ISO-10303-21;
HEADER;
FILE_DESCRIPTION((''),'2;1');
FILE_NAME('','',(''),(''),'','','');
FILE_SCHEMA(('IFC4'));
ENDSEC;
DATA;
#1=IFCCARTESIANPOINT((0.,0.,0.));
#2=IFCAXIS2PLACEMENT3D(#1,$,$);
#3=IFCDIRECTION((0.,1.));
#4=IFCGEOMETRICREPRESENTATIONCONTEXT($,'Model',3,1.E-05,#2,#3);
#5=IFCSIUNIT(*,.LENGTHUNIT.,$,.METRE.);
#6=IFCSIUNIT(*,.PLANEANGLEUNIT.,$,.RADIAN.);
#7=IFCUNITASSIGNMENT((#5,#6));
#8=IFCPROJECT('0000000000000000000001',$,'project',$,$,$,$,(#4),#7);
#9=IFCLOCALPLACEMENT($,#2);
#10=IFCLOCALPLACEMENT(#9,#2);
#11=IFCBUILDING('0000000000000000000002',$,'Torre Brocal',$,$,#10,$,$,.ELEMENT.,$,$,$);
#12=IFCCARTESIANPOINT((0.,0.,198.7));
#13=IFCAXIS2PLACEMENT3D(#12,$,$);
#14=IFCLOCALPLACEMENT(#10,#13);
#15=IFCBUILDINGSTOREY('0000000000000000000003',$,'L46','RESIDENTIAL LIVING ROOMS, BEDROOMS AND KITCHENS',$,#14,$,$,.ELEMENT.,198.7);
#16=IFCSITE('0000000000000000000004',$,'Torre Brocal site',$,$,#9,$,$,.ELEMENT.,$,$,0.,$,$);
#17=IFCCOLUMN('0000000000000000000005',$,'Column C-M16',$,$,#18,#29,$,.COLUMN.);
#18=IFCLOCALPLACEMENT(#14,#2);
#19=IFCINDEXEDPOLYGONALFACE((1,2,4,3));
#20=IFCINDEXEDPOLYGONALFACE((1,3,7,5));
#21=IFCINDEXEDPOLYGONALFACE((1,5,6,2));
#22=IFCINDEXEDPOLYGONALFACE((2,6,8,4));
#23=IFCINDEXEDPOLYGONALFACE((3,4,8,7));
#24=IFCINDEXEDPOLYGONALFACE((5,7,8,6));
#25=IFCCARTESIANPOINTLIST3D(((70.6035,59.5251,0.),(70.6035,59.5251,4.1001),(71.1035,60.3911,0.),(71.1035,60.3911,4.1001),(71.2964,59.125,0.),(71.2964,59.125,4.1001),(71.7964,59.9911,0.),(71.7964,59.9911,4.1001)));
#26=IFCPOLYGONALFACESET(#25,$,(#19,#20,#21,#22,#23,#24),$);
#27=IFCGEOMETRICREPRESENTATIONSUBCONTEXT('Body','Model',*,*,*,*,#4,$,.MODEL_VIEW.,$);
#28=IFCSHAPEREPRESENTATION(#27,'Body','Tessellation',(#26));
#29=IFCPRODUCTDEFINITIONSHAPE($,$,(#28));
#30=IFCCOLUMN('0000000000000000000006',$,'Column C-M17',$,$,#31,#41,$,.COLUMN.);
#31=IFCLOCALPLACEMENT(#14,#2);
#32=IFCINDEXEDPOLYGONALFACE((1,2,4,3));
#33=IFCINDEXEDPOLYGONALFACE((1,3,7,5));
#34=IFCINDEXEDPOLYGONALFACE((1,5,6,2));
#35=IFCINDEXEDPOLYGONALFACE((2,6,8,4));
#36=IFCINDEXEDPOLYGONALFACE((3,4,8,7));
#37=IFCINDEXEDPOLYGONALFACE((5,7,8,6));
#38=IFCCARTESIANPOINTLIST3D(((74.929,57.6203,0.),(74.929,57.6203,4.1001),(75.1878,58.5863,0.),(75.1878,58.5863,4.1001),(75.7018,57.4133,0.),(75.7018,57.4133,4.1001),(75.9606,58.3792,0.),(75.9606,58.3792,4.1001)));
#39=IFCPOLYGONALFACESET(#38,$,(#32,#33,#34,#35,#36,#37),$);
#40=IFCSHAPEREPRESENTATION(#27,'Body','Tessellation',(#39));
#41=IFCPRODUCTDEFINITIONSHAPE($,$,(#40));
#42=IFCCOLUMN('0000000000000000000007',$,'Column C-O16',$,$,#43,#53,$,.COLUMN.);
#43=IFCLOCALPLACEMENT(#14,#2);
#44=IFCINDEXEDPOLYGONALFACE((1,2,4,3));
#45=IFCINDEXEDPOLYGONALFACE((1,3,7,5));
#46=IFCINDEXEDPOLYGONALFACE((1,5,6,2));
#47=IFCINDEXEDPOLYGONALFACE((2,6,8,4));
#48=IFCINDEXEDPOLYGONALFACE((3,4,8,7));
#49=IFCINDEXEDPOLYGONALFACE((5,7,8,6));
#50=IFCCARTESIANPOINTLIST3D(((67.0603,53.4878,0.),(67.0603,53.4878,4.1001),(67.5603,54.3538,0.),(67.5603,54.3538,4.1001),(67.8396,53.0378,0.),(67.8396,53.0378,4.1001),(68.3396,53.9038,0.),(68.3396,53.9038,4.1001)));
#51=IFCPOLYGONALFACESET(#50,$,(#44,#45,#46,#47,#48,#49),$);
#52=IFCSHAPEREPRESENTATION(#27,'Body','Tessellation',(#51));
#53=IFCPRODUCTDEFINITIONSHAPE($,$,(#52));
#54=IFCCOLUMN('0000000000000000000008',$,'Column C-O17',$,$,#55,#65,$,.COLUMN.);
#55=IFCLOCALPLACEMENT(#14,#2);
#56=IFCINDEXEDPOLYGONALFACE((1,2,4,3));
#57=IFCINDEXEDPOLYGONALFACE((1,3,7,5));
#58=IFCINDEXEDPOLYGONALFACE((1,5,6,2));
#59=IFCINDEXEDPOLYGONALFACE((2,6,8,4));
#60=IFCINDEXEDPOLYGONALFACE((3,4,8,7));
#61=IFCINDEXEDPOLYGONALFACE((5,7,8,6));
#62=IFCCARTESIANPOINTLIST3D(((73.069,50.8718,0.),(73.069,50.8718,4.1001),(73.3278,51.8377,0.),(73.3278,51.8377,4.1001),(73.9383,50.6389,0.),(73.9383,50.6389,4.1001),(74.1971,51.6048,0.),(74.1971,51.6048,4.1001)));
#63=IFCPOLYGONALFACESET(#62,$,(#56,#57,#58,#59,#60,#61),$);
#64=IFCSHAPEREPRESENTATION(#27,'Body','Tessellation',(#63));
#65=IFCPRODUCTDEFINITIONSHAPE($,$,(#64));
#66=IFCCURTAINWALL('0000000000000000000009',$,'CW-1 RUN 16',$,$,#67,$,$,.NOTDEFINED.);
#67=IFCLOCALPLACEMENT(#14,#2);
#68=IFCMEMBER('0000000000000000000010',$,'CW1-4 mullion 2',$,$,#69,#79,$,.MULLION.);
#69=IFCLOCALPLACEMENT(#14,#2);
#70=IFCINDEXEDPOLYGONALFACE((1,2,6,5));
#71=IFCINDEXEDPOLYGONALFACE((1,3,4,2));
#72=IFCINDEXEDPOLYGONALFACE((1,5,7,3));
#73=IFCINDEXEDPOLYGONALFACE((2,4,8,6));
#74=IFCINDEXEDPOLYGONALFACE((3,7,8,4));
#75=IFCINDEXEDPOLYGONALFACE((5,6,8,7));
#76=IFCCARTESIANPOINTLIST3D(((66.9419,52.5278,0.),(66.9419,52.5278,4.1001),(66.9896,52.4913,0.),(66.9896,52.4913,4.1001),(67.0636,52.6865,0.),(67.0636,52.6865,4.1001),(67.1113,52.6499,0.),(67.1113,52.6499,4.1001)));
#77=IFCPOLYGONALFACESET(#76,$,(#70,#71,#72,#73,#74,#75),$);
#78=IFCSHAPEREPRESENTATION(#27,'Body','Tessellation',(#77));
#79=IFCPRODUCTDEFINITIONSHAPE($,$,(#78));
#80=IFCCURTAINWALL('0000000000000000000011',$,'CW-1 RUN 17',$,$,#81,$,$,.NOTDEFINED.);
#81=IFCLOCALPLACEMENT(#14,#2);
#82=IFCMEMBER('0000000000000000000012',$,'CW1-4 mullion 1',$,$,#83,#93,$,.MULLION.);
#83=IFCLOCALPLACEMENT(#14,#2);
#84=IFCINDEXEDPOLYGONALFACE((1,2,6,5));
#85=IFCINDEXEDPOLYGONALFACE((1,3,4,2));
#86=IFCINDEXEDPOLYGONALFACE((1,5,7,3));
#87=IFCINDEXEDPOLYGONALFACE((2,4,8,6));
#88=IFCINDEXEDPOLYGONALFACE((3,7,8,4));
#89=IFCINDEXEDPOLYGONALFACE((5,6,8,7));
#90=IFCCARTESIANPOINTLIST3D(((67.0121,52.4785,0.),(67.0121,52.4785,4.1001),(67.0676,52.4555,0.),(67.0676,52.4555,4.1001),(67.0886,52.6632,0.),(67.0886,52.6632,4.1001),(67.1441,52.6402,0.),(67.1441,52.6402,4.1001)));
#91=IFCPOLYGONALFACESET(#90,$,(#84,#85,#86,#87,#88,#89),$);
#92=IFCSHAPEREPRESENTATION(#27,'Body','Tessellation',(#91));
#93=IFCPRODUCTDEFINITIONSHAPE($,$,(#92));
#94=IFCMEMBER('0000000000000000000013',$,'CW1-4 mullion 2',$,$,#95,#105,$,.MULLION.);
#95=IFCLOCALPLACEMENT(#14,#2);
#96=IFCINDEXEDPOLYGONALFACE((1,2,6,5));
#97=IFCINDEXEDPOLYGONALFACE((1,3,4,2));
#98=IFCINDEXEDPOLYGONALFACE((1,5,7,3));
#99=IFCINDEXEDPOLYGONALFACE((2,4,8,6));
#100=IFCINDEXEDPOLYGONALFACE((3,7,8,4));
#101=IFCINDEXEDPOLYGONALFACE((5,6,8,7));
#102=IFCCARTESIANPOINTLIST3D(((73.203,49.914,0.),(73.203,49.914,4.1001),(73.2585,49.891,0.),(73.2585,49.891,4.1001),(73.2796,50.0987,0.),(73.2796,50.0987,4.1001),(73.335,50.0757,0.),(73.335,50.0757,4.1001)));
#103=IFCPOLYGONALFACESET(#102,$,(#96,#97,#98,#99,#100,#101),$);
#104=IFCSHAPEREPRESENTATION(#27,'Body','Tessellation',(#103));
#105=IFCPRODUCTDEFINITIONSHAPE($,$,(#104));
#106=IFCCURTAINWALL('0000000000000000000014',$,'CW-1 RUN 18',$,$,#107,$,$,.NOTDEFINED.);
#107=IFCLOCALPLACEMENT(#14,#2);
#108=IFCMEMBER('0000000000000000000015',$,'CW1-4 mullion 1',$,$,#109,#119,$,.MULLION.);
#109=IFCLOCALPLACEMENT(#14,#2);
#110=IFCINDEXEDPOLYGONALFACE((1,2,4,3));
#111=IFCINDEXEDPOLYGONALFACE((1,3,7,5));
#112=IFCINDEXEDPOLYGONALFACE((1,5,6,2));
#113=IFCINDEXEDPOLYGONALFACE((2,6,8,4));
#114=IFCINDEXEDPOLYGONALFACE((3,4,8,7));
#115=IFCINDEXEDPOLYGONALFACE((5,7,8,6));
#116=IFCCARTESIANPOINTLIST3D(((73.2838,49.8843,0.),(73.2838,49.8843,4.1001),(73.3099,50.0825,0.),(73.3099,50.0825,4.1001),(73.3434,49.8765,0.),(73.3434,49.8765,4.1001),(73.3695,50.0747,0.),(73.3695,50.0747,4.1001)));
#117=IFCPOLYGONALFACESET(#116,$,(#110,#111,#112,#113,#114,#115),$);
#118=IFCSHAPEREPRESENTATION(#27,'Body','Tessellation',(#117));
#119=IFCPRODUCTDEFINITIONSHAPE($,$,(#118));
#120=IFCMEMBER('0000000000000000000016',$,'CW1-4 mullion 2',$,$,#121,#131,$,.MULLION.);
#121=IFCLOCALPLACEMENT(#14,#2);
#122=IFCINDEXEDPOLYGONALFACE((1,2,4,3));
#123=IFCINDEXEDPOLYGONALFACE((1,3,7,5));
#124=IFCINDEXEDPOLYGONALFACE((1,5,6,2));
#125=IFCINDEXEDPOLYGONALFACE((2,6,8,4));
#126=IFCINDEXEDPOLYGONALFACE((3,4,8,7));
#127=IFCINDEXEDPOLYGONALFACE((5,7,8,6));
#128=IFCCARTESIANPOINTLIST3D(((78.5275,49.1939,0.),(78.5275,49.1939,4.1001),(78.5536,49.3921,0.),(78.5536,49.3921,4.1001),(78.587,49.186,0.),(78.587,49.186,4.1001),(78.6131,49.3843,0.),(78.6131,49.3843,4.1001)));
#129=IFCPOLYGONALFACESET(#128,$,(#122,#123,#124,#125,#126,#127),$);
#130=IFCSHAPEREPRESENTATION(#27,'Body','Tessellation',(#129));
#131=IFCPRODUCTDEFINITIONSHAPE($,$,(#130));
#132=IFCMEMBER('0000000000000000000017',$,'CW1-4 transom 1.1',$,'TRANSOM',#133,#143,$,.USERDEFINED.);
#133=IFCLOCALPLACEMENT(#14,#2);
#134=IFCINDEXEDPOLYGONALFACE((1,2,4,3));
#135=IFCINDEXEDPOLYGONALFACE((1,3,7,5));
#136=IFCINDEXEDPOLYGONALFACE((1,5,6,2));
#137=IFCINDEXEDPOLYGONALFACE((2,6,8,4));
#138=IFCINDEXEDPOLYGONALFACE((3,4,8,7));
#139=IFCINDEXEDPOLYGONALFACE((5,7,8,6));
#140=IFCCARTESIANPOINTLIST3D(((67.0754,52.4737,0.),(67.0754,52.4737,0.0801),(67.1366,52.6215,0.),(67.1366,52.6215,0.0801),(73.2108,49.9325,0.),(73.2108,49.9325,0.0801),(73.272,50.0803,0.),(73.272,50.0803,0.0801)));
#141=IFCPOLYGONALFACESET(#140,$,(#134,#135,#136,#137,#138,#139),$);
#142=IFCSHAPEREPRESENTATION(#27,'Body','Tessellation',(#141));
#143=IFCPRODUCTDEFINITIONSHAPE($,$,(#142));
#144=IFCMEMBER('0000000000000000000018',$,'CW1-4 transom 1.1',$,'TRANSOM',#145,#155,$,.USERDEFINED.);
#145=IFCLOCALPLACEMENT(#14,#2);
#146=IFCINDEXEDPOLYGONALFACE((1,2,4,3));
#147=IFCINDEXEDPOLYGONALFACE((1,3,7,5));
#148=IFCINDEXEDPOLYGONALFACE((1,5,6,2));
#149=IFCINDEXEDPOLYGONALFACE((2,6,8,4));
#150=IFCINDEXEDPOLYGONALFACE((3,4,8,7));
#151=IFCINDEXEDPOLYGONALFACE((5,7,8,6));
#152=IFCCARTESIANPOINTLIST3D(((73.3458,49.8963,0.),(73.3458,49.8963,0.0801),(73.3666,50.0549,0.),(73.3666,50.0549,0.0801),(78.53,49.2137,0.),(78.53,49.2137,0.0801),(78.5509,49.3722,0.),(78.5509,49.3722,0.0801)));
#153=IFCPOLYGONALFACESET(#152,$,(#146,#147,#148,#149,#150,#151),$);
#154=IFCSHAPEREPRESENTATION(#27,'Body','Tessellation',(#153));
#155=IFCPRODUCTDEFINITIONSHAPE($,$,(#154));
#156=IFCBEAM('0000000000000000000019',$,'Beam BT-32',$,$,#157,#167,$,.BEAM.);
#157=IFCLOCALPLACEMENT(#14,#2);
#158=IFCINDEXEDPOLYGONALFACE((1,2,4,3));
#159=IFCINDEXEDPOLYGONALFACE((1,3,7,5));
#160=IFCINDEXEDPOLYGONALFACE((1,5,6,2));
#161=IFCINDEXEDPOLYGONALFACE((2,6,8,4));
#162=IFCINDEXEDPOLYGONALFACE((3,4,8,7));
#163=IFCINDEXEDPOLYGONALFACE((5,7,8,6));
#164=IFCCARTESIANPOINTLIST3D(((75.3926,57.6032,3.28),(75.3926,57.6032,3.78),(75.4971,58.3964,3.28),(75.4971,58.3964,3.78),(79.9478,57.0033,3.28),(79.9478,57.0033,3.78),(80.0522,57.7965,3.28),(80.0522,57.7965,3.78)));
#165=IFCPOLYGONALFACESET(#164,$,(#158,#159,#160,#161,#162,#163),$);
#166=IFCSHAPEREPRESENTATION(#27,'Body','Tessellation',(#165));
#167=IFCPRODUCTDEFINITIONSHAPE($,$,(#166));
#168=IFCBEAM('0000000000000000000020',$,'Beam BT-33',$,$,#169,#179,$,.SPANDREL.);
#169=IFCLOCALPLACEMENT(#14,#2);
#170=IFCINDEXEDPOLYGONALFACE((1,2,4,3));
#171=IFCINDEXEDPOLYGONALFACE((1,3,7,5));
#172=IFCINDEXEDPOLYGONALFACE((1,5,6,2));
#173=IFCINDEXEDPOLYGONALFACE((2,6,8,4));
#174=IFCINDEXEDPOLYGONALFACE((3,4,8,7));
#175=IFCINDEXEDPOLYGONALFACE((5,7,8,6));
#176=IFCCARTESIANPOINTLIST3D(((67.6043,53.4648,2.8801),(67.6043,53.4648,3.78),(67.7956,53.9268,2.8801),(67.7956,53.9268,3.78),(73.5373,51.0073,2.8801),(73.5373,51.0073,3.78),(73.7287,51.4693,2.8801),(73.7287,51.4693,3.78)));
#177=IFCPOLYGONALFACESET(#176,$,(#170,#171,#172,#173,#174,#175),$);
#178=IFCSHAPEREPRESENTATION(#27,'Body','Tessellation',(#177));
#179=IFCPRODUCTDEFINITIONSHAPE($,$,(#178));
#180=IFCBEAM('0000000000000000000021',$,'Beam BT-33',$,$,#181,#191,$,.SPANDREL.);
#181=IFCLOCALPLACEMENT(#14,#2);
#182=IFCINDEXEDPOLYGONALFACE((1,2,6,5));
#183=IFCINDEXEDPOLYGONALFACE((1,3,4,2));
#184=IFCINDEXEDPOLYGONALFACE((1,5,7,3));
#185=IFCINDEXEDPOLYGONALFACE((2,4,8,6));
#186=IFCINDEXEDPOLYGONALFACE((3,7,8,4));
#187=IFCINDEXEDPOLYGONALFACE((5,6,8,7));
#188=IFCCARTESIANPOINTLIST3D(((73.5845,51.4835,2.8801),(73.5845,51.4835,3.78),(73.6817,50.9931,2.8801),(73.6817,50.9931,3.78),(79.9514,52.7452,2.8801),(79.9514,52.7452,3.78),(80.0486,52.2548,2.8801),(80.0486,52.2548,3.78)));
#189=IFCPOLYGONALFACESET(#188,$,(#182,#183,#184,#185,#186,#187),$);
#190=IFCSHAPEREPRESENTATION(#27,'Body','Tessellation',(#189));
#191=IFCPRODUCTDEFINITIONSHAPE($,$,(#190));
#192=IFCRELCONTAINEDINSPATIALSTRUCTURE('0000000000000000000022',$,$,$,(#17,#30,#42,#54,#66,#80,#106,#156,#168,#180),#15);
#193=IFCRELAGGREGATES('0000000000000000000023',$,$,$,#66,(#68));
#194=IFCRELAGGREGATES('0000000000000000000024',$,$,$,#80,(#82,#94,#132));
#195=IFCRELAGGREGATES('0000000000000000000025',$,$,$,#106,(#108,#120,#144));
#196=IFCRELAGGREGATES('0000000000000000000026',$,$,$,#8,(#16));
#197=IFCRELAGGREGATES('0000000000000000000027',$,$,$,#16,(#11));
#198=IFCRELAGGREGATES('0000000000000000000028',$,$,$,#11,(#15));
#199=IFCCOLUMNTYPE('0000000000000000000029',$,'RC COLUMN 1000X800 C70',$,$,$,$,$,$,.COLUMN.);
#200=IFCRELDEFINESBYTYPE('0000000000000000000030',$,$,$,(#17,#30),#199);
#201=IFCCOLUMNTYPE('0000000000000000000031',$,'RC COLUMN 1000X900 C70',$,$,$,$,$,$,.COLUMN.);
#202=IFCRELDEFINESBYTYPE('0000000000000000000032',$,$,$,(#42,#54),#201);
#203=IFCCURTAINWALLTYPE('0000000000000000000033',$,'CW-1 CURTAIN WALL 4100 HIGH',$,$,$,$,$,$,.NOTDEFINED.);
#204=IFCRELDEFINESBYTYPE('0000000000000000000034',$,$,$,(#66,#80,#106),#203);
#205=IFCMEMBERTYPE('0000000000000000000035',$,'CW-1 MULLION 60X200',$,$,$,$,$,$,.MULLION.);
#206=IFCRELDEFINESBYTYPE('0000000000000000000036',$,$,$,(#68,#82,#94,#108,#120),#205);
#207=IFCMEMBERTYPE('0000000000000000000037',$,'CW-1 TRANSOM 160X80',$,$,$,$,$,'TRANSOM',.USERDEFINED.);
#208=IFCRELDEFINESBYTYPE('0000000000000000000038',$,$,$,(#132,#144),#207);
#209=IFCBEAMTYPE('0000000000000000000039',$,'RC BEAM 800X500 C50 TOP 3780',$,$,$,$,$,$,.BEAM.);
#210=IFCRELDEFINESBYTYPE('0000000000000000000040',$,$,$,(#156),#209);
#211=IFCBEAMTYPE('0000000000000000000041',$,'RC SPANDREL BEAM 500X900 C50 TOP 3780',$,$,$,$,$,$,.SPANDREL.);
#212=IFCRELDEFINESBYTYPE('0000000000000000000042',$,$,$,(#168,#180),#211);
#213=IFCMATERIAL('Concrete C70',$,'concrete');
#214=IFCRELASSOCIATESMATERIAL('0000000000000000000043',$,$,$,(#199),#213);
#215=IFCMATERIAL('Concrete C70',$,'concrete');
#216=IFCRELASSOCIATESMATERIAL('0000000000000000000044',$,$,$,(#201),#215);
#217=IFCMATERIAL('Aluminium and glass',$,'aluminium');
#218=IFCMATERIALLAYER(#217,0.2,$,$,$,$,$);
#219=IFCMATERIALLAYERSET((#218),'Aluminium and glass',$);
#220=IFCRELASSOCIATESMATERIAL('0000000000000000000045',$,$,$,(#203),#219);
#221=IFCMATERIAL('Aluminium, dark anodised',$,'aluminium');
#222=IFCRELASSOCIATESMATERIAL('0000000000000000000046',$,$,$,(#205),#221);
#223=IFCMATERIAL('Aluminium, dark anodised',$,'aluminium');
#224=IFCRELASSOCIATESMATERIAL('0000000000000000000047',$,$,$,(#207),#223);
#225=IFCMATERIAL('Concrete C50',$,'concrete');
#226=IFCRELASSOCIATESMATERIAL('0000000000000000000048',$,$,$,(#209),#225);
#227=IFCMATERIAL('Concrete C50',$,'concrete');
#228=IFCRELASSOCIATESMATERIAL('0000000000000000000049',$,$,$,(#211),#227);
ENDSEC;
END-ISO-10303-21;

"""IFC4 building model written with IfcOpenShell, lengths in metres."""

from ifc_helpers import new_model, si_unit, direction, frame, origin, origin_2d, place, context, subcontext, project, spatial, rectangle, extrude, material, layer, layer_set, material_profile, profile_set, type_object, element, aggregate, save


model = new_model("IFC4")

# Units and contexts
model_context = context("Model", 3, precision=1e-05, world=origin(), true_north=direction((0.0, 1.0)))
body_context = subcontext(model_context, "Body", "Model", "MODEL_VIEW")
ifc_project = project(units=[si_unit("LENGTHUNIT", "METRE"), si_unit("PLANEANGLEUNIT", "RADIAN")], contexts=[model_context])

# Site, building, storey
site_placement = place(None, origin())
site = spatial("IfcSite", under=ifc_project, at=site_placement, Name="Torre Brocal site", CompositionType="ELEMENT", RefElevation=0.0)
building_placement = place(site_placement, origin())
building = spatial("IfcBuilding", under=site, at=building_placement, Name="Torre Brocal", CompositionType="ELEMENT")
storey_placement = place(building_placement, frame((0.0, 0.0, 198.7)))
storey = spatial("IfcBuildingStorey", under=building, at=storey_placement, Name="L46", Description="RESIDENTIAL LIVING ROOMS, BEDROOMS AND KITCHENS", CompositionType="ELEMENT", Elevation=198.7)

# Columns
ifc_material_1 = material(Name="Concrete C70", Category="concrete")
ifc_material_profile_1 = material_profile(ifc_material_1, rectangle(XDim=1.0, YDim=0.8, at=origin_2d()), Name="RC 1000X800")
ifc_profile_set_1 = profile_set([ifc_material_profile_1], Name="Concrete C70")
column_type_1 = type_object("IfcColumnType", Name="RC COLUMN 1000X800 C70", PredefinedType="COLUMN", material=ifc_profile_set_1)
for number, where, z_axis, x_axis, name in (
    (1, (71.2, 59.7581, 0.0), (0.0, 0.0, 1.0), (-0.5, -0.866025, 0.0), "Column C-M16"),
    (2, (75.4448, 57.9998, 0.0), (0.0, 0.0, 1.0), (-0.258819, -0.965926, 0.0), "Column C-M17"),
):
    element("IfcColumn", number, at=place(storey_placement, frame(where, z_axis=z_axis, x_axis=x_axis)), inside=storey, type_object=column_type_1, Name=name, PredefinedType="COLUMN", context=body_context, shape_type="SweptSolid", body=[
        extrude(rectangle(XDim=1.0, YDim=0.8, at=origin_2d()), origin(), (0.0, 0.0, 1.0), 4.1001),
    ])
ifc_material_2 = material(Name="Concrete C70", Category="concrete")
ifc_material_profile_2 = material_profile(ifc_material_2, rectangle(XDim=1.0, YDim=0.8999, at=origin_2d()), Name="RC 1000X900")
ifc_profile_set_2 = profile_set([ifc_material_profile_2], Name="Concrete C70")
column_type_2 = type_object("IfcColumnType", Name="RC COLUMN 1000X900 C70", PredefinedType="COLUMN", material=ifc_profile_set_2)
for number, where, z_axis, x_axis, name in (
    (3, (67.7, 53.6958, 0.0), (0.0, 0.0, 1.0), (-0.5, -0.866025, 0.0), "Column C-O16"),
    (4, (73.6331, 51.2383, 0.0), (0.0, 0.0, 1.0), (-0.258819, -0.965926, 0.0), "Column C-O17"),
):
    element("IfcColumn", number, at=place(storey_placement, frame(where, z_axis=z_axis, x_axis=x_axis)), inside=storey, type_object=column_type_2, Name=name, PredefinedType="COLUMN", context=body_context, shape_type="SweptSolid", body=[
        extrude(rectangle(XDim=1.0, YDim=0.8999, at=origin_2d()), origin(), (0.0, 0.0, 1.0), 4.1001),
    ])

# Curtain wall, member
ifc_material_3 = material(Name="Aluminium and glass", Category="aluminium")
ifc_layer_1 = layer(ifc_material_3, 0.2)
ifc_layer_set_1 = layer_set([ifc_layer_1], Name="Aluminium and glass")
curtain_wall_type = type_object("IfcCurtainWallType", Name="CW-1 CURTAIN WALL 4100 HIGH", PredefinedType="NOTDEFINED", material=ifc_layer_set_1)
curtain_wall_1_placement = place(storey_placement, origin())
curtain_wall_1 = element("IfcCurtainWall", 5, at=curtain_wall_1_placement, inside=storey, type_object=curtain_wall_type, Name="CW-1 RUN 16", PredefinedType="NOTDEFINED")
ifc_material_4 = material(Name="Aluminium, dark anodised", Category="aluminium")
ifc_material_profile_3 = material_profile(ifc_material_4, rectangle(XDim=0.2, YDim=0.0601, at=origin_2d()), Name="CW-1 MULLION 60X200")
ifc_profile_set_3 = profile_set([ifc_material_profile_3], Name="Aluminium, dark anodised")
member_type_1 = type_object("IfcMemberType", Name="CW-1 MULLION 60X200", PredefinedType="MULLION", material=ifc_profile_set_3)
member_1_placement = place(storey_placement, frame((67.0266, 52.5889, 0.0), z_axis=(0.0, 0.0, 1.0), x_axis=(0.608761, 0.793353, 0.0)))
member_1 = element("IfcMember", 6, at=member_1_placement, type_object=member_type_1, Name="CW1-4 mullion 2", PredefinedType="MULLION", context=body_context, shape_type="SweptSolid", body=[
    extrude(rectangle(XDim=0.2, YDim=0.0601, at=origin_2d()), origin(), (0.0, 0.0, 1.0), 4.1001),
])
aggregate(curtain_wall_1, [member_1])

# Curtain walls, members
curtain_wall_2_placement = place(storey_placement, origin())
curtain_wall_2 = element("IfcCurtainWall", 7, at=curtain_wall_2_placement, inside=storey, type_object=curtain_wall_type, Name="CW-1 RUN 17", PredefinedType="NOTDEFINED")
member_2_placement = place(storey_placement, frame((67.0781, 52.5593, 0.0), z_axis=(0.0, 0.0, 1.0), x_axis=(0.382683, 0.92388, 0.0)))
member_2 = element("IfcMember", 8, at=member_2_placement, type_object=member_type_1, Name="CW1-4 mullion 1", PredefinedType="MULLION", context=body_context, shape_type="SweptSolid", body=[
    extrude(rectangle(XDim=0.2, YDim=0.0601, at=origin_2d()), origin(), (0.0, 0.0, 1.0), 4.1001),
])
member_3_placement = place(storey_placement, frame((73.269, 49.9949, 0.0), z_axis=(0.0, 0.0, 1.0), x_axis=(0.382683, 0.92388, 0.0)))
member_3 = element("IfcMember", 9, at=member_3_placement, type_object=member_type_1, Name="CW1-4 mullion 2", PredefinedType="MULLION", context=body_context, shape_type="SweptSolid", body=[
    extrude(rectangle(XDim=0.2, YDim=0.0601, at=origin_2d()), origin(), (0.0, 0.0, 1.0), 4.1001),
])
curtain_wall_3_placement = place(storey_placement, origin())
curtain_wall_3 = element("IfcCurtainWall", 10, at=curtain_wall_3_placement, inside=storey, type_object=curtain_wall_type, Name="CW-1 RUN 18", PredefinedType="NOTDEFINED")
member_4_placement = place(storey_placement, frame((73.3267, 49.9795, 0.0), z_axis=(0.0, 0.0, 1.0), x_axis=(0.130526, 0.991445, 0.0)))
member_4 = element("IfcMember", 11, at=member_4_placement, type_object=member_type_1, Name="CW1-4 mullion 1", PredefinedType="MULLION", context=body_context, shape_type="SweptSolid", body=[
    extrude(rectangle(XDim=0.2, YDim=0.0601, at=origin_2d()), origin(), (0.0, 0.0, 1.0), 4.1001),
])
member_5_placement = place(storey_placement, frame((78.5703, 49.2891, 0.0), z_axis=(0.0, 0.0, 1.0), x_axis=(0.130526, 0.991445, 0.0)))
member_5 = element("IfcMember", 12, at=member_5_placement, type_object=member_type_1, Name="CW1-4 mullion 2", PredefinedType="MULLION", context=body_context, shape_type="SweptSolid", body=[
    extrude(rectangle(XDim=0.2, YDim=0.0601, at=origin_2d()), origin(), (0.0, 0.0, 1.0), 4.1001),
])

# Members
ifc_material_5 = material(Name="Aluminium, dark anodised", Category="aluminium")
ifc_material_profile_4 = material_profile(ifc_material_5, rectangle(XDim=0.1599, YDim=0.0801, at=origin_2d()), Name="CW-1 TRANSOM 160X80")
ifc_profile_set_4 = profile_set([ifc_material_profile_4], Name="Aluminium, dark anodised")
member_type_2 = type_object("IfcMemberType", Name="CW-1 TRANSOM 160X80", ElementType="TRANSOM", PredefinedType="USERDEFINED", material=ifc_profile_set_4)
member_6_placement = place(storey_placement, frame((67.106, 52.5476, 0.04), z_axis=(0.923887, -0.382665, 0.0), x_axis=(0.382665, 0.923887, 0.0)))
member_6 = element("IfcMember", 13, at=member_6_placement, type_object=member_type_2, Name="CW1-4 transom 1.1", ObjectType="TRANSOM", PredefinedType="USERDEFINED", context=body_context, shape_type="SweptSolid", body=[
    extrude(rectangle(XDim=0.1599, YDim=0.0801, at=origin_2d()), origin(), (0.0, 0.0, 1.0), 6.6409),
])
member_7_placement = place(storey_placement, frame((73.3562, 49.9756, 0.04), z_axis=(0.991443, -0.130543, 0.0), x_axis=(0.130543, 0.991443, 0.0)))
member_7 = element("IfcMember", 14, at=member_7_placement, type_object=member_type_2, Name="CW1-4 transom 1.1", ObjectType="TRANSOM", PredefinedType="USERDEFINED", context=body_context, shape_type="SweptSolid", body=[
    extrude(rectangle(XDim=0.1599, YDim=0.0801, at=origin_2d()), origin(), (0.0, 0.0, 1.0), 5.229),
])

# Beams
ifc_material_6 = material(Name="Concrete C50", Category="concrete")
ifc_material_profile_5 = material_profile(ifc_material_6, rectangle(XDim=0.8, YDim=0.5, at=origin_2d()), Name="RC 800X500")
ifc_profile_set_5 = profile_set([ifc_material_profile_5], Name="Concrete C50")
beam_type_1 = type_object("IfcBeamType", Name="RC BEAM 800X500 C50 TOP 3780", PredefinedType="BEAM", material=ifc_profile_set_5)
beam_1_placement = place(storey_placement, frame((75.4448, 57.9998, 3.53), z_axis=(0.991441, -0.130559, 0.0), x_axis=(0.130559, 0.991441, 0.0)))
element("IfcBeam", 15, at=beam_1_placement, inside=storey, type_object=beam_type_1, Name="Beam BT-32", PredefinedType="BEAM", context=body_context, shape_type="SweptSolid", body=[
    extrude(rectangle(XDim=0.8, YDim=0.5, at=origin_2d()), origin(), (0.0, 0.0, 1.0), 4.5945),
])
ifc_material_7 = material(Name="Concrete C50", Category="concrete")
ifc_material_profile_6 = material_profile(ifc_material_7, rectangle(XDim=0.5, YDim=0.8999, at=origin_2d()), Name="RC 500X900")
ifc_profile_set_6 = profile_set([ifc_material_profile_6], Name="Concrete C50")
beam_type_2 = type_object("IfcBeamType", Name="RC SPANDREL BEAM 500X900 C50 TOP 3780", PredefinedType="SPANDREL", material=ifc_profile_set_6)
beam_2_placement = place(storey_placement, frame((67.7, 53.6958, 3.3301), z_axis=(0.923882, -0.382676, 0.0), x_axis=(0.382676, 0.923882, 0.0)))
element("IfcBeam", 16, at=beam_2_placement, inside=storey, type_object=beam_type_2, Name="Beam BT-33", PredefinedType="SPANDREL", context=body_context, shape_type="SweptSolid", body=[
    extrude(rectangle(XDim=0.5, YDim=0.8999, at=origin_2d()), origin(), (0.0, 0.0, 1.0), 6.4219),
])
beam_3_placement = place(storey_placement, frame((73.6331, 51.2383, 3.3301), z_axis=(0.980925, 0.194387, 0.0), x_axis=(-0.194387, 0.980925, 0.0)))
element("IfcBeam", 17, at=beam_3_placement, inside=storey, type_object=beam_type_2, Name="Beam BT-33", PredefinedType="SPANDREL", context=body_context, shape_type="SweptSolid", body=[
    extrude(rectangle(XDim=0.5, YDim=0.8999, at=origin_2d()), origin(), (0.0, 0.0, 1.0), 6.4907),
])

aggregate(curtain_wall_2, [member_2, member_3, member_6])
aggregate(curtain_wall_3, [member_4, member_5, member_7])

save(model, "model.ifc")
